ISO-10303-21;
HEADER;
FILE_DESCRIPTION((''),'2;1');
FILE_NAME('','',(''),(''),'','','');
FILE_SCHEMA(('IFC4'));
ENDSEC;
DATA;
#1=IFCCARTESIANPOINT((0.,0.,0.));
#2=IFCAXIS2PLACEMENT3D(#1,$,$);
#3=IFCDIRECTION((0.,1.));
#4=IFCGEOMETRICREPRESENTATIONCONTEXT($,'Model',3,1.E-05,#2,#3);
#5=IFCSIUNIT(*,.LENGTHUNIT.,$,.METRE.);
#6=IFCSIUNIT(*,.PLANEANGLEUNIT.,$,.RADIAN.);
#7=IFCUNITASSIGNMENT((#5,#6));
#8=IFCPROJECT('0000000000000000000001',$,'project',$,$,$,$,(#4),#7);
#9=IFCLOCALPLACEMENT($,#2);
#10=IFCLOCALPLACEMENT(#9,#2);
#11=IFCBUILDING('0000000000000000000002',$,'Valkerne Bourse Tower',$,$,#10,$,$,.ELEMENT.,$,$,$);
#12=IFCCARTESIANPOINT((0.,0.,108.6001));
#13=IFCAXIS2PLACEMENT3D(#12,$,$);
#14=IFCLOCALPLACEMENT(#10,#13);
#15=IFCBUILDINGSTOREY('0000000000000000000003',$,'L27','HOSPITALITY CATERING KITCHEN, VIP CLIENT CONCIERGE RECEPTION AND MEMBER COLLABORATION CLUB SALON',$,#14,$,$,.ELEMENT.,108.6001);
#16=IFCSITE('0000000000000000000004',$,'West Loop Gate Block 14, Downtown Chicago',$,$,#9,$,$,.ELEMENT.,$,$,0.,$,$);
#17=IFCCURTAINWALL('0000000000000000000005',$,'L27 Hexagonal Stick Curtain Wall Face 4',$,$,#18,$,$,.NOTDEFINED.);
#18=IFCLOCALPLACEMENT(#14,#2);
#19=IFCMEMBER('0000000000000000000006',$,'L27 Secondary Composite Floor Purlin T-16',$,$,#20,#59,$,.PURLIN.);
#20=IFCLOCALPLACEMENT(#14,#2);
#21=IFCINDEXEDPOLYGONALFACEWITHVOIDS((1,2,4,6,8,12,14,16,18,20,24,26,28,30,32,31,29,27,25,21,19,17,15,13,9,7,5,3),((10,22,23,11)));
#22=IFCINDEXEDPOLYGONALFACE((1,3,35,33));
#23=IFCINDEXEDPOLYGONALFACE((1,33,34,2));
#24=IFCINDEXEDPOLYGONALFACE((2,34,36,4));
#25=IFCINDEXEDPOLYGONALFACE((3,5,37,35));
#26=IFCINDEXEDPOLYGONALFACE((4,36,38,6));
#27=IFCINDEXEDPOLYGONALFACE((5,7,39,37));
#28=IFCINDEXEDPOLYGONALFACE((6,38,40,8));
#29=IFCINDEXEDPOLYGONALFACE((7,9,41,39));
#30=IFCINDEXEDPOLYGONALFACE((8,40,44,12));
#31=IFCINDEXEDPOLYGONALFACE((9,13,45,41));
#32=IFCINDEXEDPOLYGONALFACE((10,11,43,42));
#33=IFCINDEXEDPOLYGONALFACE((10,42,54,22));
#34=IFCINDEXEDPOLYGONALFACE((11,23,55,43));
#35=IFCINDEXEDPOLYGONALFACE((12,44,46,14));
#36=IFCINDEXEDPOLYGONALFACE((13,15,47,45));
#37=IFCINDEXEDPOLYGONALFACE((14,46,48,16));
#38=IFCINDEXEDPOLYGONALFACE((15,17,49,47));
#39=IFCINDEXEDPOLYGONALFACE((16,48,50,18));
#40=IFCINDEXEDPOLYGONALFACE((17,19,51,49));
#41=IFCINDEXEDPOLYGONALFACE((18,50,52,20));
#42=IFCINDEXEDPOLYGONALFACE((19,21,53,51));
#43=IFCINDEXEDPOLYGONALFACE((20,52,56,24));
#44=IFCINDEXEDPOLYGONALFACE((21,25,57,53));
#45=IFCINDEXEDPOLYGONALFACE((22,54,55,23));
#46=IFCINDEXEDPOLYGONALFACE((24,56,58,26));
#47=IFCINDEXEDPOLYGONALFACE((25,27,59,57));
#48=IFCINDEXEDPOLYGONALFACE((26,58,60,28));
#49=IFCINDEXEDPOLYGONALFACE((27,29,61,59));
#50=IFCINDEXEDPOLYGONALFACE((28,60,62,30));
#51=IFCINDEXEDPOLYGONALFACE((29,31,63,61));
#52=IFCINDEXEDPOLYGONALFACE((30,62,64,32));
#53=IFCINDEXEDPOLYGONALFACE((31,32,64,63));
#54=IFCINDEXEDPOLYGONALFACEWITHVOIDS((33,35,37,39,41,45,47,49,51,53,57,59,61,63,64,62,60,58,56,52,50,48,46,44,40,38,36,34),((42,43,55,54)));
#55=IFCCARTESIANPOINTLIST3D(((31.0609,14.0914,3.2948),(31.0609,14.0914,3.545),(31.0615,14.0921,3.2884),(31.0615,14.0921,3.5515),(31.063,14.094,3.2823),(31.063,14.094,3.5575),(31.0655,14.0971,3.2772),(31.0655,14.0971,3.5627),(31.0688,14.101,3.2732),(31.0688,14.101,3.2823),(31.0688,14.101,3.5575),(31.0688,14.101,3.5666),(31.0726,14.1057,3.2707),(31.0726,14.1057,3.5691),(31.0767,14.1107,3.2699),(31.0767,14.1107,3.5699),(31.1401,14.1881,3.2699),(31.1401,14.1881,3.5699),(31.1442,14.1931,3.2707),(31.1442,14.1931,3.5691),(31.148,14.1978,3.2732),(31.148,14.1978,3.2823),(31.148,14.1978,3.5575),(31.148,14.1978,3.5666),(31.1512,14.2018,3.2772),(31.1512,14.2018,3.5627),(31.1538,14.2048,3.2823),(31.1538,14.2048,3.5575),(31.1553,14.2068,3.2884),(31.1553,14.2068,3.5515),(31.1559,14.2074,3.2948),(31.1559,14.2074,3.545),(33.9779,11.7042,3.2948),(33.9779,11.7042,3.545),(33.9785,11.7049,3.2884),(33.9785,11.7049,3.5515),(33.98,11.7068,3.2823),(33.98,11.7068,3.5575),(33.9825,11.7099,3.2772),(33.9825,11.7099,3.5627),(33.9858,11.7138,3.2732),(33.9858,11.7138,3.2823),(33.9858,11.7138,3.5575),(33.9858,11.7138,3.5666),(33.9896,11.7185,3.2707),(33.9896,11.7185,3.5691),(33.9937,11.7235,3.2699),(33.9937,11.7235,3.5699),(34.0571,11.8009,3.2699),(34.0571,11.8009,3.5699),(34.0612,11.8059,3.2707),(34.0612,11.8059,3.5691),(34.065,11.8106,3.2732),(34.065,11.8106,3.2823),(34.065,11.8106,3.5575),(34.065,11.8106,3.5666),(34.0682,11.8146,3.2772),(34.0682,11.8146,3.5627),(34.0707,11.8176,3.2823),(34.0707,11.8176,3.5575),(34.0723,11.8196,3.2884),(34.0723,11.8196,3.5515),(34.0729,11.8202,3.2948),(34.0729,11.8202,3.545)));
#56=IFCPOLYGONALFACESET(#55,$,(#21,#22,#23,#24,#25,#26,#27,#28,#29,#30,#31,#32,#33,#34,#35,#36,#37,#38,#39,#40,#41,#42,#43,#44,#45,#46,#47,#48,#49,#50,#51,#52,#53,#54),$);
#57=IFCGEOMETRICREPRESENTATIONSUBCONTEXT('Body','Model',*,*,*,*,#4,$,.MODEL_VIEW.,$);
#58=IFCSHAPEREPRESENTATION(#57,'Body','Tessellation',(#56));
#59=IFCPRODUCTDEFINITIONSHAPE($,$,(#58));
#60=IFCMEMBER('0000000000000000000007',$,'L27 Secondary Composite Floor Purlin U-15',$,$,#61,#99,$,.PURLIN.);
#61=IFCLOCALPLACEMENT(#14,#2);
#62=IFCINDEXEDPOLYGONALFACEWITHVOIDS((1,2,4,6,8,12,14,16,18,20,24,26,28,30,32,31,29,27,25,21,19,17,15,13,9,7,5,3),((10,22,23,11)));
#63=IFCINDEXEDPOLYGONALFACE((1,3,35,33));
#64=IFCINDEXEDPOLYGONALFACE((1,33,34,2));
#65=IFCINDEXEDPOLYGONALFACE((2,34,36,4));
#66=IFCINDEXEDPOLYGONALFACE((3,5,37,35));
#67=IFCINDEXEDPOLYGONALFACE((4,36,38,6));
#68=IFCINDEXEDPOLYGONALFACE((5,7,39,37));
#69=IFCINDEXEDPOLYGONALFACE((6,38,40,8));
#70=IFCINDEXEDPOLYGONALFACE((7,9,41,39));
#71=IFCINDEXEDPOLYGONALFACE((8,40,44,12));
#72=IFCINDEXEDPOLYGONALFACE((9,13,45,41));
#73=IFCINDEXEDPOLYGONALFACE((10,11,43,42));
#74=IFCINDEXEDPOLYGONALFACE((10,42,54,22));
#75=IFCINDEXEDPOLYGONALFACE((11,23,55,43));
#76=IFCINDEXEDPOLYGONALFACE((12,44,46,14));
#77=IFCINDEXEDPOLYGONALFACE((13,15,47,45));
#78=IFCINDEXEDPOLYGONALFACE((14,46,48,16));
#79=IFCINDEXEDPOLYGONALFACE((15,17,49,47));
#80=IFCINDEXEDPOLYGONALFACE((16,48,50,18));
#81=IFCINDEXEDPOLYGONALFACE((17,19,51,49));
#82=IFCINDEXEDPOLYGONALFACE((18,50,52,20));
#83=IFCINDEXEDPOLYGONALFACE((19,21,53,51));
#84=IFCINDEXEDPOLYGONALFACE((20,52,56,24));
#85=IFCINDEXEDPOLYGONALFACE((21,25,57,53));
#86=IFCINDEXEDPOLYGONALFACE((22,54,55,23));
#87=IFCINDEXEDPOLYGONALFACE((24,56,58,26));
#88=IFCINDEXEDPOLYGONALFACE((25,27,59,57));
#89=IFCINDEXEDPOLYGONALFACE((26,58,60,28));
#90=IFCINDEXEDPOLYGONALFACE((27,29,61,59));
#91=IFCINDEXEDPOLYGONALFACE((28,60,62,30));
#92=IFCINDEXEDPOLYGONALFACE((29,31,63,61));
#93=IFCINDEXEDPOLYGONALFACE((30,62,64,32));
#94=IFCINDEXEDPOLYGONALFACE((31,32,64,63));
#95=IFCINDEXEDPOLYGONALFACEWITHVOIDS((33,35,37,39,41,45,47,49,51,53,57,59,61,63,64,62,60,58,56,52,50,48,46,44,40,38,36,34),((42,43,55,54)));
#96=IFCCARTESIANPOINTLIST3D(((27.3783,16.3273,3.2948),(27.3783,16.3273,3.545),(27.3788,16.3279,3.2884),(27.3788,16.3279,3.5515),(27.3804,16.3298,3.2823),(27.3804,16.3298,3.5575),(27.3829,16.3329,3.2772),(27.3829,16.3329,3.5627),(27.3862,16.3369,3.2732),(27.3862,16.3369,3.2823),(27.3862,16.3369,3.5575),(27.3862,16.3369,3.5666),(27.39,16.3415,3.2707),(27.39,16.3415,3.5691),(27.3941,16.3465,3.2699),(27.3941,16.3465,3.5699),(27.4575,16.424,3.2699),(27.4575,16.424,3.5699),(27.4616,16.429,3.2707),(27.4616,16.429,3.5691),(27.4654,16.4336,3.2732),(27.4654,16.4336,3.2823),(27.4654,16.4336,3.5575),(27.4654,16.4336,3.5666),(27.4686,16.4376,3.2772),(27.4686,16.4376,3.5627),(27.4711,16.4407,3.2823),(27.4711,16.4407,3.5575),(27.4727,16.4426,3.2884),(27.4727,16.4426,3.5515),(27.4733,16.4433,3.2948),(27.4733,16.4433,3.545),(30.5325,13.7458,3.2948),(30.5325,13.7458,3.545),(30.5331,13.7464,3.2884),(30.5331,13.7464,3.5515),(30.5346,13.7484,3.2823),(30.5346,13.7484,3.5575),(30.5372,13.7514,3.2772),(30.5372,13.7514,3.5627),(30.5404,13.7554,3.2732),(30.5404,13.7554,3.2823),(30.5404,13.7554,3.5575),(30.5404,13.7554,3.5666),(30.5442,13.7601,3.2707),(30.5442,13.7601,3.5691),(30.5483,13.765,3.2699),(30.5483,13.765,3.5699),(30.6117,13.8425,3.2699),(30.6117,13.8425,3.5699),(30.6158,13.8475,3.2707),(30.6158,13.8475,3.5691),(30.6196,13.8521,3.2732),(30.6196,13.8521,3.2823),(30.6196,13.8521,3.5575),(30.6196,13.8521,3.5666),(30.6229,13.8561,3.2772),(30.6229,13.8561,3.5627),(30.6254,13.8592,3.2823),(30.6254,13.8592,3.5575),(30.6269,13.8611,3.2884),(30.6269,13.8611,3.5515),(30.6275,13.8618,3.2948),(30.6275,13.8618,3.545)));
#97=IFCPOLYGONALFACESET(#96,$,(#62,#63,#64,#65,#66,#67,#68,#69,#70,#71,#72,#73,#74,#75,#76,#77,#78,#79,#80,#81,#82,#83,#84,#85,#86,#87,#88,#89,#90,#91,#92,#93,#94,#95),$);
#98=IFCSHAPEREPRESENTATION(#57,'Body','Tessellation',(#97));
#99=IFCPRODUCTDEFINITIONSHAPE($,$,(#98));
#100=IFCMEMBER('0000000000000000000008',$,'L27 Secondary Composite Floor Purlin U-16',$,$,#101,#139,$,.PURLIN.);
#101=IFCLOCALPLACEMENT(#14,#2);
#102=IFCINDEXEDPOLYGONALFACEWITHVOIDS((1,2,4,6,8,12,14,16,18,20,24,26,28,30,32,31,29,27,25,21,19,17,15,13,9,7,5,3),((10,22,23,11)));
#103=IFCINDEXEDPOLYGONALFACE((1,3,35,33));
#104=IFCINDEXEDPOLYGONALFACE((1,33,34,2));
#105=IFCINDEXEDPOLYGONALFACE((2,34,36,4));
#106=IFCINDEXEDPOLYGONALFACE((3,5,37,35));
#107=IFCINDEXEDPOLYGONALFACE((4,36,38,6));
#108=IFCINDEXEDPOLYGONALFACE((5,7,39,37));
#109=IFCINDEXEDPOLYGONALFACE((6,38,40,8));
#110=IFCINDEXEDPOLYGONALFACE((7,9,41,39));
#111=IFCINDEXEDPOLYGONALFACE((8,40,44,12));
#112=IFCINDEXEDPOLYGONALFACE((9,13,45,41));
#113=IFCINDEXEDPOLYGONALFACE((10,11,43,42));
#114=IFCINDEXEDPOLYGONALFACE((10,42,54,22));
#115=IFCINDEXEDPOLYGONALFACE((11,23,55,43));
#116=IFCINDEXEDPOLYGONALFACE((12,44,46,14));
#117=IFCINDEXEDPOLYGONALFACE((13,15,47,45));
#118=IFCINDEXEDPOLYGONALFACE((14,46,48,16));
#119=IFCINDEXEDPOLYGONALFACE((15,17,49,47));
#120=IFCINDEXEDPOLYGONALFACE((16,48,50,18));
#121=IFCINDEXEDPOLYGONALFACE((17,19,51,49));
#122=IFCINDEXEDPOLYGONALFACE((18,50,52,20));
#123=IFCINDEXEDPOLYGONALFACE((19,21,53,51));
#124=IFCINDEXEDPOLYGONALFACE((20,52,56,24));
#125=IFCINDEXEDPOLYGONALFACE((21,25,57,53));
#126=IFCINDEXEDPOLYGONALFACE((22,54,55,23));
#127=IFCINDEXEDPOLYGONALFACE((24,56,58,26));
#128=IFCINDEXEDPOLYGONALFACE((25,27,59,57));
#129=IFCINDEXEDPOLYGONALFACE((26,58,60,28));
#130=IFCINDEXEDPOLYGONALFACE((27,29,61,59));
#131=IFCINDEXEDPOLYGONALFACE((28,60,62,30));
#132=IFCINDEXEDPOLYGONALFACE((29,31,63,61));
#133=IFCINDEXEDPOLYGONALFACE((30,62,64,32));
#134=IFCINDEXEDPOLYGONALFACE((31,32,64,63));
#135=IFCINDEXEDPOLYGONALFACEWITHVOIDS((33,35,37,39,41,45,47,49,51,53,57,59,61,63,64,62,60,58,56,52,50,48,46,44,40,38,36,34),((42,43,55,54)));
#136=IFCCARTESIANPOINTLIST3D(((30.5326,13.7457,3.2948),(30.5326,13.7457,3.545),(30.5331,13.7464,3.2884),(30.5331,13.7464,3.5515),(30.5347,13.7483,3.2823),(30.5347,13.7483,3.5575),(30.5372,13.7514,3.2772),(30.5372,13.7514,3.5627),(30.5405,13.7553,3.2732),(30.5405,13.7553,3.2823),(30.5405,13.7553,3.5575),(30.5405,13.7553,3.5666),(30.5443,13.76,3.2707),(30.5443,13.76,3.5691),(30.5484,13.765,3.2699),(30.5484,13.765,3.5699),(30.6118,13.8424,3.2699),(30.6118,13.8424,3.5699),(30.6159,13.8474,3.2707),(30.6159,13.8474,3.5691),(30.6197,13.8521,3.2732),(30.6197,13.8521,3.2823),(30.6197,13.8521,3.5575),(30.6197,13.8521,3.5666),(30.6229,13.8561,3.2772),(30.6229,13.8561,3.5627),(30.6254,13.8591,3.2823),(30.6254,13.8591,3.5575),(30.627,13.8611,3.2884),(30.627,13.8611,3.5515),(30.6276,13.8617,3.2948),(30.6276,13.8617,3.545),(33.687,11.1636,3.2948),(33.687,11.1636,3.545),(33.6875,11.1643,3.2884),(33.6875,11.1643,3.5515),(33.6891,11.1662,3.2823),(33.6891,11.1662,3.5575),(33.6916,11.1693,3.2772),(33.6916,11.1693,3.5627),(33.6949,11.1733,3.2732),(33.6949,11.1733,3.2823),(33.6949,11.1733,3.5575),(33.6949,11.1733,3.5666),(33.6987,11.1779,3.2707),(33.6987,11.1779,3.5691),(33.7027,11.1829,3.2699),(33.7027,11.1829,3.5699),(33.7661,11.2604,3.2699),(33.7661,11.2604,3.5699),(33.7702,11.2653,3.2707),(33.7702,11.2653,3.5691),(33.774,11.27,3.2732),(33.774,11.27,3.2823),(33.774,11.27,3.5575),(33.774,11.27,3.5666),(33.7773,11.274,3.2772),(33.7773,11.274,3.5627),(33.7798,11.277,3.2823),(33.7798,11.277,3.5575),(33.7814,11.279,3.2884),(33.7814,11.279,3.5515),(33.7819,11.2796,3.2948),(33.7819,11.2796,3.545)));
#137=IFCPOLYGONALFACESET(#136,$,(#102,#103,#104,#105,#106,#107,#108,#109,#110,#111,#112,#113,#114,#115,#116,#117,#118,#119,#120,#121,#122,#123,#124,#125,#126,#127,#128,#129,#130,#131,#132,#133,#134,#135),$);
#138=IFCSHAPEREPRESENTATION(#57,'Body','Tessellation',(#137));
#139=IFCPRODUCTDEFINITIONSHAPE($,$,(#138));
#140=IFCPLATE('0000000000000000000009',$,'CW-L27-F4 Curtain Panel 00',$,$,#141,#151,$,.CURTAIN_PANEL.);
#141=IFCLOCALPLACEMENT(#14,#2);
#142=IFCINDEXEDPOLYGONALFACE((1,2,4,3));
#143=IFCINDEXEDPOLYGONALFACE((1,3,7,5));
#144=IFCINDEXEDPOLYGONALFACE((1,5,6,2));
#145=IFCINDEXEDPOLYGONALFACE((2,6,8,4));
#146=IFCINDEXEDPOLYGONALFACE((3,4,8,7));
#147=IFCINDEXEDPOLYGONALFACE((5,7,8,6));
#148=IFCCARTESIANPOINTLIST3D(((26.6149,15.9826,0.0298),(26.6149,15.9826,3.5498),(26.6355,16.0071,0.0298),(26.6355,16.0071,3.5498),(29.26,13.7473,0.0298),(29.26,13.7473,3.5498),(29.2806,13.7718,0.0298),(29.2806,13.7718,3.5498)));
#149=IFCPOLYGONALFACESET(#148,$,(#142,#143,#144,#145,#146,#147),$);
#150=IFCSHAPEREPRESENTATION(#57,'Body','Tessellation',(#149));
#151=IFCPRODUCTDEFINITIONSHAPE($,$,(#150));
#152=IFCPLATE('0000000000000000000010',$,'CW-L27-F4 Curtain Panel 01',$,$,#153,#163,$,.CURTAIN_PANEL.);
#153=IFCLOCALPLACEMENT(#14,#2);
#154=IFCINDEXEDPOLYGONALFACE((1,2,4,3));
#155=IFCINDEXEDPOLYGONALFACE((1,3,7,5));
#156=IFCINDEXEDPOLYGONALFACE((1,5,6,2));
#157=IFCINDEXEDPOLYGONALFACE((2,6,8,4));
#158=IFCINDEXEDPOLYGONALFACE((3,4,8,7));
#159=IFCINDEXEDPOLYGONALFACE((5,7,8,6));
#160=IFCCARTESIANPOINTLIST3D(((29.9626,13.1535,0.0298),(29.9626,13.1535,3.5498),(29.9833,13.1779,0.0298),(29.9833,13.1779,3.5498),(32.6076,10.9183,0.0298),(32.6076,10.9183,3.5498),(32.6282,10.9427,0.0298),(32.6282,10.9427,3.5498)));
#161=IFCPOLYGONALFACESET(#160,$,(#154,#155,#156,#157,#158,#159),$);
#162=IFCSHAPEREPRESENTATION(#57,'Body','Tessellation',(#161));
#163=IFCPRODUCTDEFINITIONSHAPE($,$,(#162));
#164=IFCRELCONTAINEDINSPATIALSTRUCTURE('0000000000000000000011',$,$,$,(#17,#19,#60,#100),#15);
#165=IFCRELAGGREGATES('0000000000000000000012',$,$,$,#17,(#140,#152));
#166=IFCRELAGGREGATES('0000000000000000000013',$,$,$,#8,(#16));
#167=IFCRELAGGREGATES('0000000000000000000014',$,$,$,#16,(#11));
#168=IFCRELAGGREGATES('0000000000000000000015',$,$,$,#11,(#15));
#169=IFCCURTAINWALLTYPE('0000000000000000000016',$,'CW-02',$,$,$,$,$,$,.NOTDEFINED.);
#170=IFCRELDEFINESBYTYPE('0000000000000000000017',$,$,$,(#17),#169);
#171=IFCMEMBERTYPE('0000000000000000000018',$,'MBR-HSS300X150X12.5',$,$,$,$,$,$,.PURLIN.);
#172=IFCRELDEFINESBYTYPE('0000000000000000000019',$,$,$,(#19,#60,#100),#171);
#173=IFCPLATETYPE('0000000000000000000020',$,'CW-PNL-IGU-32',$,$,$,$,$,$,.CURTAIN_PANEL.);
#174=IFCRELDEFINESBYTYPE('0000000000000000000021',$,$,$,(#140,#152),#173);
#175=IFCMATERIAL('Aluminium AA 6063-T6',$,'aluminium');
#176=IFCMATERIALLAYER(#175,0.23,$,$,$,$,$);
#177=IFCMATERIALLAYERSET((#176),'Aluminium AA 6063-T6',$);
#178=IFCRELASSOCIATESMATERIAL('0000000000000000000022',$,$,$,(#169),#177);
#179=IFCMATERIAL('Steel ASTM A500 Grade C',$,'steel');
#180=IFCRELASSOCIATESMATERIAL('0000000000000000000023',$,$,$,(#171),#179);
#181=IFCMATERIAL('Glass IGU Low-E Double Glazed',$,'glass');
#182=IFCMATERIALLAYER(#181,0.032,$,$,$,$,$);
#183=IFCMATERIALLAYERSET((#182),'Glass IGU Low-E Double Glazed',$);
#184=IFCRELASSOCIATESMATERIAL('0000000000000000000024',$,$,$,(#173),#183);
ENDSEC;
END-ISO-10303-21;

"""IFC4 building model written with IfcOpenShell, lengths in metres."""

from ifc_helpers import new_model, si_unit, direction, frame, origin, origin_2d, place, context, subcontext, project, spatial, rectangle, hollow_rectangle, extrude, material, layer, layer_set, material_profile, profile_set, type_object, element, aggregate, save


model = new_model("IFC4")

# Units and contexts
model_context = context("Model", 3, precision=1e-05, world=origin(), true_north=direction((0.0, 1.0)))
body_context = subcontext(model_context, "Body", "Model", "MODEL_VIEW")
ifc_project = project(units=[si_unit("LENGTHUNIT", "METRE"), si_unit("PLANEANGLEUNIT", "RADIAN")], contexts=[model_context])

# Site, building, storey
site_placement = place(None, origin())
site = spatial("IfcSite", under=ifc_project, at=site_placement, Name="West Loop Gate Block 14, Downtown Chicago", CompositionType="ELEMENT", RefElevation=0.0)
building_placement = place(site_placement, origin())
building = spatial("IfcBuilding", under=site, at=building_placement, Name="Valkerne Bourse Tower", CompositionType="ELEMENT")
storey_placement = place(building_placement, frame((0.0, 0.0, 108.6001)))
storey = spatial("IfcBuildingStorey", under=building, at=storey_placement, Name="L27", Description="HOSPITALITY CATERING KITCHEN, VIP CLIENT CONCIERGE RECEPTION AND MEMBER COLLABORATION CLUB SALON", CompositionType="ELEMENT", Elevation=108.6001)

# Curtain wall
ifc_material_1 = material(Name="Aluminium AA 6063-T6", Category="aluminium")
ifc_layer_1 = layer(ifc_material_1, 0.23)
ifc_layer_set_1 = layer_set([ifc_layer_1], Name="Aluminium AA 6063-T6")
curtain_wall_type = type_object("IfcCurtainWallType", Name="CW-02", PredefinedType="NOTDEFINED", material=ifc_layer_set_1)
curtain_wall_placement = place(storey_placement, origin())
curtain_wall = element("IfcCurtainWall", 1, at=curtain_wall_placement, inside=storey, type_object=curtain_wall_type, Name="L27 Hexagonal Stick Curtain Wall Face 4", PredefinedType="NOTDEFINED")

# Members
ifc_material_2 = material(Name="Steel ASTM A500 Grade C", Category="steel")
ifc_material_profile_1 = material_profile(ifc_material_2, hollow_rectangle(XDim=0.1499, YDim=0.3, WallThickness=0.0125, OuterFilletRadius=0.0249, at=origin_2d()), Name="HSS300X150X12.5")
ifc_profile_set_1 = profile_set([ifc_material_profile_1], Name="Steel ASTM A500 Grade C")
member_type_1 = type_object("IfcMemberType", Name="MBR-HSS300X150X12.5", PredefinedType="PURLIN", material=ifc_profile_set_1)
member_1_placement = place(storey_placement, frame((31.1084, 14.1494, 3.4199), z_axis=(0.773882, -0.633329, 0.0), x_axis=(0.633329, 0.773882, 0.0)))
element("IfcMember", 2, at=member_1_placement, inside=storey, type_object=member_type_1, Name="L27 Secondary Composite Floor Purlin T-16", PredefinedType="PURLIN", context=body_context, shape_type="SweptSolid", body=[
    extrude(hollow_rectangle(XDim=0.1499, YDim=0.3, WallThickness=0.0125, OuterFilletRadius=0.0249, at=origin_2d()), origin(), (0.0, 0.0, 1.0), 3.7693),
])
member_2_placement = place(storey_placement, frame((27.4258, 16.3853, 3.4199), z_axis=(0.773867, -0.633349, 0.0), x_axis=(0.633349, 0.773867, 0.0)))
element("IfcMember", 3, at=member_2_placement, inside=storey, type_object=member_type_1, Name="L27 Secondary Composite Floor Purlin U-15", PredefinedType="PURLIN", context=body_context, shape_type="SweptSolid", body=[
    extrude(hollow_rectangle(XDim=0.1499, YDim=0.3, WallThickness=0.0125, OuterFilletRadius=0.0249, at=origin_2d()), origin(), (0.0, 0.0, 1.0), 4.0759),
])
member_3_placement = place(storey_placement, frame((30.5801, 13.8037, 3.4199), z_axis=(0.773808, -0.63342, 0.0), x_axis=(0.63342, 0.773808, 0.0)))
element("IfcMember", 4, at=member_3_placement, inside=storey, type_object=member_type_1, Name="L27 Secondary Composite Floor Purlin U-16", PredefinedType="PURLIN", context=body_context, shape_type="SweptSolid", body=[
    extrude(hollow_rectangle(XDim=0.1499, YDim=0.3, WallThickness=0.0125, OuterFilletRadius=0.0249, at=origin_2d()), origin(), (0.0, 0.0, 1.0), 4.0764),
])

# Plates
ifc_material_3 = material(Name="Glass IGU Low-E Double Glazed", Category="glass")
ifc_layer_2 = layer(ifc_material_3, 0.032)
ifc_layer_set_2 = layer_set([ifc_layer_2], Name="Glass IGU Low-E Double Glazed")
plate_type = type_object("IfcPlateType", Name="CW-PNL-IGU-32", PredefinedType="CURTAIN_PANEL", material=ifc_layer_set_2)
plate_1_placement = place(storey_placement, frame((27.9478, 14.8772, 0.0298), z_axis=(0.0, 0.0, 1.0), x_axis=(0.763797, -0.645456, 0.0)))
plate_1 = element("IfcPlate", 5, at=plate_1_placement, type_object=plate_type, Name="CW-L27-F4 Curtain Panel 00", PredefinedType="CURTAIN_PANEL", context=body_context, shape_type="SweptSolid", body=[
    extrude(rectangle(XDim=3.4631, YDim=0.032, at=origin_2d()), origin(), (0.0, 0.0, 1.0), 3.52),
])
plate_2_placement = place(storey_placement, frame((31.2954, 12.0481, 0.0298), z_axis=(0.0, 0.0, 1.0), x_axis=(0.763799, -0.645454, 0.0)))
plate_2 = element("IfcPlate", 6, at=plate_2_placement, type_object=plate_type, Name="CW-L27-F4 Curtain Panel 01", PredefinedType="CURTAIN_PANEL", context=body_context, shape_type="SweptSolid", body=[
    extrude(rectangle(XDim=3.4629, YDim=0.032, at=origin_2d()), origin(), (0.0, 0.0, 1.0), 3.52),
])
aggregate(curtain_wall, [plate_1, plate_2])

save(model, "model.ifc")
